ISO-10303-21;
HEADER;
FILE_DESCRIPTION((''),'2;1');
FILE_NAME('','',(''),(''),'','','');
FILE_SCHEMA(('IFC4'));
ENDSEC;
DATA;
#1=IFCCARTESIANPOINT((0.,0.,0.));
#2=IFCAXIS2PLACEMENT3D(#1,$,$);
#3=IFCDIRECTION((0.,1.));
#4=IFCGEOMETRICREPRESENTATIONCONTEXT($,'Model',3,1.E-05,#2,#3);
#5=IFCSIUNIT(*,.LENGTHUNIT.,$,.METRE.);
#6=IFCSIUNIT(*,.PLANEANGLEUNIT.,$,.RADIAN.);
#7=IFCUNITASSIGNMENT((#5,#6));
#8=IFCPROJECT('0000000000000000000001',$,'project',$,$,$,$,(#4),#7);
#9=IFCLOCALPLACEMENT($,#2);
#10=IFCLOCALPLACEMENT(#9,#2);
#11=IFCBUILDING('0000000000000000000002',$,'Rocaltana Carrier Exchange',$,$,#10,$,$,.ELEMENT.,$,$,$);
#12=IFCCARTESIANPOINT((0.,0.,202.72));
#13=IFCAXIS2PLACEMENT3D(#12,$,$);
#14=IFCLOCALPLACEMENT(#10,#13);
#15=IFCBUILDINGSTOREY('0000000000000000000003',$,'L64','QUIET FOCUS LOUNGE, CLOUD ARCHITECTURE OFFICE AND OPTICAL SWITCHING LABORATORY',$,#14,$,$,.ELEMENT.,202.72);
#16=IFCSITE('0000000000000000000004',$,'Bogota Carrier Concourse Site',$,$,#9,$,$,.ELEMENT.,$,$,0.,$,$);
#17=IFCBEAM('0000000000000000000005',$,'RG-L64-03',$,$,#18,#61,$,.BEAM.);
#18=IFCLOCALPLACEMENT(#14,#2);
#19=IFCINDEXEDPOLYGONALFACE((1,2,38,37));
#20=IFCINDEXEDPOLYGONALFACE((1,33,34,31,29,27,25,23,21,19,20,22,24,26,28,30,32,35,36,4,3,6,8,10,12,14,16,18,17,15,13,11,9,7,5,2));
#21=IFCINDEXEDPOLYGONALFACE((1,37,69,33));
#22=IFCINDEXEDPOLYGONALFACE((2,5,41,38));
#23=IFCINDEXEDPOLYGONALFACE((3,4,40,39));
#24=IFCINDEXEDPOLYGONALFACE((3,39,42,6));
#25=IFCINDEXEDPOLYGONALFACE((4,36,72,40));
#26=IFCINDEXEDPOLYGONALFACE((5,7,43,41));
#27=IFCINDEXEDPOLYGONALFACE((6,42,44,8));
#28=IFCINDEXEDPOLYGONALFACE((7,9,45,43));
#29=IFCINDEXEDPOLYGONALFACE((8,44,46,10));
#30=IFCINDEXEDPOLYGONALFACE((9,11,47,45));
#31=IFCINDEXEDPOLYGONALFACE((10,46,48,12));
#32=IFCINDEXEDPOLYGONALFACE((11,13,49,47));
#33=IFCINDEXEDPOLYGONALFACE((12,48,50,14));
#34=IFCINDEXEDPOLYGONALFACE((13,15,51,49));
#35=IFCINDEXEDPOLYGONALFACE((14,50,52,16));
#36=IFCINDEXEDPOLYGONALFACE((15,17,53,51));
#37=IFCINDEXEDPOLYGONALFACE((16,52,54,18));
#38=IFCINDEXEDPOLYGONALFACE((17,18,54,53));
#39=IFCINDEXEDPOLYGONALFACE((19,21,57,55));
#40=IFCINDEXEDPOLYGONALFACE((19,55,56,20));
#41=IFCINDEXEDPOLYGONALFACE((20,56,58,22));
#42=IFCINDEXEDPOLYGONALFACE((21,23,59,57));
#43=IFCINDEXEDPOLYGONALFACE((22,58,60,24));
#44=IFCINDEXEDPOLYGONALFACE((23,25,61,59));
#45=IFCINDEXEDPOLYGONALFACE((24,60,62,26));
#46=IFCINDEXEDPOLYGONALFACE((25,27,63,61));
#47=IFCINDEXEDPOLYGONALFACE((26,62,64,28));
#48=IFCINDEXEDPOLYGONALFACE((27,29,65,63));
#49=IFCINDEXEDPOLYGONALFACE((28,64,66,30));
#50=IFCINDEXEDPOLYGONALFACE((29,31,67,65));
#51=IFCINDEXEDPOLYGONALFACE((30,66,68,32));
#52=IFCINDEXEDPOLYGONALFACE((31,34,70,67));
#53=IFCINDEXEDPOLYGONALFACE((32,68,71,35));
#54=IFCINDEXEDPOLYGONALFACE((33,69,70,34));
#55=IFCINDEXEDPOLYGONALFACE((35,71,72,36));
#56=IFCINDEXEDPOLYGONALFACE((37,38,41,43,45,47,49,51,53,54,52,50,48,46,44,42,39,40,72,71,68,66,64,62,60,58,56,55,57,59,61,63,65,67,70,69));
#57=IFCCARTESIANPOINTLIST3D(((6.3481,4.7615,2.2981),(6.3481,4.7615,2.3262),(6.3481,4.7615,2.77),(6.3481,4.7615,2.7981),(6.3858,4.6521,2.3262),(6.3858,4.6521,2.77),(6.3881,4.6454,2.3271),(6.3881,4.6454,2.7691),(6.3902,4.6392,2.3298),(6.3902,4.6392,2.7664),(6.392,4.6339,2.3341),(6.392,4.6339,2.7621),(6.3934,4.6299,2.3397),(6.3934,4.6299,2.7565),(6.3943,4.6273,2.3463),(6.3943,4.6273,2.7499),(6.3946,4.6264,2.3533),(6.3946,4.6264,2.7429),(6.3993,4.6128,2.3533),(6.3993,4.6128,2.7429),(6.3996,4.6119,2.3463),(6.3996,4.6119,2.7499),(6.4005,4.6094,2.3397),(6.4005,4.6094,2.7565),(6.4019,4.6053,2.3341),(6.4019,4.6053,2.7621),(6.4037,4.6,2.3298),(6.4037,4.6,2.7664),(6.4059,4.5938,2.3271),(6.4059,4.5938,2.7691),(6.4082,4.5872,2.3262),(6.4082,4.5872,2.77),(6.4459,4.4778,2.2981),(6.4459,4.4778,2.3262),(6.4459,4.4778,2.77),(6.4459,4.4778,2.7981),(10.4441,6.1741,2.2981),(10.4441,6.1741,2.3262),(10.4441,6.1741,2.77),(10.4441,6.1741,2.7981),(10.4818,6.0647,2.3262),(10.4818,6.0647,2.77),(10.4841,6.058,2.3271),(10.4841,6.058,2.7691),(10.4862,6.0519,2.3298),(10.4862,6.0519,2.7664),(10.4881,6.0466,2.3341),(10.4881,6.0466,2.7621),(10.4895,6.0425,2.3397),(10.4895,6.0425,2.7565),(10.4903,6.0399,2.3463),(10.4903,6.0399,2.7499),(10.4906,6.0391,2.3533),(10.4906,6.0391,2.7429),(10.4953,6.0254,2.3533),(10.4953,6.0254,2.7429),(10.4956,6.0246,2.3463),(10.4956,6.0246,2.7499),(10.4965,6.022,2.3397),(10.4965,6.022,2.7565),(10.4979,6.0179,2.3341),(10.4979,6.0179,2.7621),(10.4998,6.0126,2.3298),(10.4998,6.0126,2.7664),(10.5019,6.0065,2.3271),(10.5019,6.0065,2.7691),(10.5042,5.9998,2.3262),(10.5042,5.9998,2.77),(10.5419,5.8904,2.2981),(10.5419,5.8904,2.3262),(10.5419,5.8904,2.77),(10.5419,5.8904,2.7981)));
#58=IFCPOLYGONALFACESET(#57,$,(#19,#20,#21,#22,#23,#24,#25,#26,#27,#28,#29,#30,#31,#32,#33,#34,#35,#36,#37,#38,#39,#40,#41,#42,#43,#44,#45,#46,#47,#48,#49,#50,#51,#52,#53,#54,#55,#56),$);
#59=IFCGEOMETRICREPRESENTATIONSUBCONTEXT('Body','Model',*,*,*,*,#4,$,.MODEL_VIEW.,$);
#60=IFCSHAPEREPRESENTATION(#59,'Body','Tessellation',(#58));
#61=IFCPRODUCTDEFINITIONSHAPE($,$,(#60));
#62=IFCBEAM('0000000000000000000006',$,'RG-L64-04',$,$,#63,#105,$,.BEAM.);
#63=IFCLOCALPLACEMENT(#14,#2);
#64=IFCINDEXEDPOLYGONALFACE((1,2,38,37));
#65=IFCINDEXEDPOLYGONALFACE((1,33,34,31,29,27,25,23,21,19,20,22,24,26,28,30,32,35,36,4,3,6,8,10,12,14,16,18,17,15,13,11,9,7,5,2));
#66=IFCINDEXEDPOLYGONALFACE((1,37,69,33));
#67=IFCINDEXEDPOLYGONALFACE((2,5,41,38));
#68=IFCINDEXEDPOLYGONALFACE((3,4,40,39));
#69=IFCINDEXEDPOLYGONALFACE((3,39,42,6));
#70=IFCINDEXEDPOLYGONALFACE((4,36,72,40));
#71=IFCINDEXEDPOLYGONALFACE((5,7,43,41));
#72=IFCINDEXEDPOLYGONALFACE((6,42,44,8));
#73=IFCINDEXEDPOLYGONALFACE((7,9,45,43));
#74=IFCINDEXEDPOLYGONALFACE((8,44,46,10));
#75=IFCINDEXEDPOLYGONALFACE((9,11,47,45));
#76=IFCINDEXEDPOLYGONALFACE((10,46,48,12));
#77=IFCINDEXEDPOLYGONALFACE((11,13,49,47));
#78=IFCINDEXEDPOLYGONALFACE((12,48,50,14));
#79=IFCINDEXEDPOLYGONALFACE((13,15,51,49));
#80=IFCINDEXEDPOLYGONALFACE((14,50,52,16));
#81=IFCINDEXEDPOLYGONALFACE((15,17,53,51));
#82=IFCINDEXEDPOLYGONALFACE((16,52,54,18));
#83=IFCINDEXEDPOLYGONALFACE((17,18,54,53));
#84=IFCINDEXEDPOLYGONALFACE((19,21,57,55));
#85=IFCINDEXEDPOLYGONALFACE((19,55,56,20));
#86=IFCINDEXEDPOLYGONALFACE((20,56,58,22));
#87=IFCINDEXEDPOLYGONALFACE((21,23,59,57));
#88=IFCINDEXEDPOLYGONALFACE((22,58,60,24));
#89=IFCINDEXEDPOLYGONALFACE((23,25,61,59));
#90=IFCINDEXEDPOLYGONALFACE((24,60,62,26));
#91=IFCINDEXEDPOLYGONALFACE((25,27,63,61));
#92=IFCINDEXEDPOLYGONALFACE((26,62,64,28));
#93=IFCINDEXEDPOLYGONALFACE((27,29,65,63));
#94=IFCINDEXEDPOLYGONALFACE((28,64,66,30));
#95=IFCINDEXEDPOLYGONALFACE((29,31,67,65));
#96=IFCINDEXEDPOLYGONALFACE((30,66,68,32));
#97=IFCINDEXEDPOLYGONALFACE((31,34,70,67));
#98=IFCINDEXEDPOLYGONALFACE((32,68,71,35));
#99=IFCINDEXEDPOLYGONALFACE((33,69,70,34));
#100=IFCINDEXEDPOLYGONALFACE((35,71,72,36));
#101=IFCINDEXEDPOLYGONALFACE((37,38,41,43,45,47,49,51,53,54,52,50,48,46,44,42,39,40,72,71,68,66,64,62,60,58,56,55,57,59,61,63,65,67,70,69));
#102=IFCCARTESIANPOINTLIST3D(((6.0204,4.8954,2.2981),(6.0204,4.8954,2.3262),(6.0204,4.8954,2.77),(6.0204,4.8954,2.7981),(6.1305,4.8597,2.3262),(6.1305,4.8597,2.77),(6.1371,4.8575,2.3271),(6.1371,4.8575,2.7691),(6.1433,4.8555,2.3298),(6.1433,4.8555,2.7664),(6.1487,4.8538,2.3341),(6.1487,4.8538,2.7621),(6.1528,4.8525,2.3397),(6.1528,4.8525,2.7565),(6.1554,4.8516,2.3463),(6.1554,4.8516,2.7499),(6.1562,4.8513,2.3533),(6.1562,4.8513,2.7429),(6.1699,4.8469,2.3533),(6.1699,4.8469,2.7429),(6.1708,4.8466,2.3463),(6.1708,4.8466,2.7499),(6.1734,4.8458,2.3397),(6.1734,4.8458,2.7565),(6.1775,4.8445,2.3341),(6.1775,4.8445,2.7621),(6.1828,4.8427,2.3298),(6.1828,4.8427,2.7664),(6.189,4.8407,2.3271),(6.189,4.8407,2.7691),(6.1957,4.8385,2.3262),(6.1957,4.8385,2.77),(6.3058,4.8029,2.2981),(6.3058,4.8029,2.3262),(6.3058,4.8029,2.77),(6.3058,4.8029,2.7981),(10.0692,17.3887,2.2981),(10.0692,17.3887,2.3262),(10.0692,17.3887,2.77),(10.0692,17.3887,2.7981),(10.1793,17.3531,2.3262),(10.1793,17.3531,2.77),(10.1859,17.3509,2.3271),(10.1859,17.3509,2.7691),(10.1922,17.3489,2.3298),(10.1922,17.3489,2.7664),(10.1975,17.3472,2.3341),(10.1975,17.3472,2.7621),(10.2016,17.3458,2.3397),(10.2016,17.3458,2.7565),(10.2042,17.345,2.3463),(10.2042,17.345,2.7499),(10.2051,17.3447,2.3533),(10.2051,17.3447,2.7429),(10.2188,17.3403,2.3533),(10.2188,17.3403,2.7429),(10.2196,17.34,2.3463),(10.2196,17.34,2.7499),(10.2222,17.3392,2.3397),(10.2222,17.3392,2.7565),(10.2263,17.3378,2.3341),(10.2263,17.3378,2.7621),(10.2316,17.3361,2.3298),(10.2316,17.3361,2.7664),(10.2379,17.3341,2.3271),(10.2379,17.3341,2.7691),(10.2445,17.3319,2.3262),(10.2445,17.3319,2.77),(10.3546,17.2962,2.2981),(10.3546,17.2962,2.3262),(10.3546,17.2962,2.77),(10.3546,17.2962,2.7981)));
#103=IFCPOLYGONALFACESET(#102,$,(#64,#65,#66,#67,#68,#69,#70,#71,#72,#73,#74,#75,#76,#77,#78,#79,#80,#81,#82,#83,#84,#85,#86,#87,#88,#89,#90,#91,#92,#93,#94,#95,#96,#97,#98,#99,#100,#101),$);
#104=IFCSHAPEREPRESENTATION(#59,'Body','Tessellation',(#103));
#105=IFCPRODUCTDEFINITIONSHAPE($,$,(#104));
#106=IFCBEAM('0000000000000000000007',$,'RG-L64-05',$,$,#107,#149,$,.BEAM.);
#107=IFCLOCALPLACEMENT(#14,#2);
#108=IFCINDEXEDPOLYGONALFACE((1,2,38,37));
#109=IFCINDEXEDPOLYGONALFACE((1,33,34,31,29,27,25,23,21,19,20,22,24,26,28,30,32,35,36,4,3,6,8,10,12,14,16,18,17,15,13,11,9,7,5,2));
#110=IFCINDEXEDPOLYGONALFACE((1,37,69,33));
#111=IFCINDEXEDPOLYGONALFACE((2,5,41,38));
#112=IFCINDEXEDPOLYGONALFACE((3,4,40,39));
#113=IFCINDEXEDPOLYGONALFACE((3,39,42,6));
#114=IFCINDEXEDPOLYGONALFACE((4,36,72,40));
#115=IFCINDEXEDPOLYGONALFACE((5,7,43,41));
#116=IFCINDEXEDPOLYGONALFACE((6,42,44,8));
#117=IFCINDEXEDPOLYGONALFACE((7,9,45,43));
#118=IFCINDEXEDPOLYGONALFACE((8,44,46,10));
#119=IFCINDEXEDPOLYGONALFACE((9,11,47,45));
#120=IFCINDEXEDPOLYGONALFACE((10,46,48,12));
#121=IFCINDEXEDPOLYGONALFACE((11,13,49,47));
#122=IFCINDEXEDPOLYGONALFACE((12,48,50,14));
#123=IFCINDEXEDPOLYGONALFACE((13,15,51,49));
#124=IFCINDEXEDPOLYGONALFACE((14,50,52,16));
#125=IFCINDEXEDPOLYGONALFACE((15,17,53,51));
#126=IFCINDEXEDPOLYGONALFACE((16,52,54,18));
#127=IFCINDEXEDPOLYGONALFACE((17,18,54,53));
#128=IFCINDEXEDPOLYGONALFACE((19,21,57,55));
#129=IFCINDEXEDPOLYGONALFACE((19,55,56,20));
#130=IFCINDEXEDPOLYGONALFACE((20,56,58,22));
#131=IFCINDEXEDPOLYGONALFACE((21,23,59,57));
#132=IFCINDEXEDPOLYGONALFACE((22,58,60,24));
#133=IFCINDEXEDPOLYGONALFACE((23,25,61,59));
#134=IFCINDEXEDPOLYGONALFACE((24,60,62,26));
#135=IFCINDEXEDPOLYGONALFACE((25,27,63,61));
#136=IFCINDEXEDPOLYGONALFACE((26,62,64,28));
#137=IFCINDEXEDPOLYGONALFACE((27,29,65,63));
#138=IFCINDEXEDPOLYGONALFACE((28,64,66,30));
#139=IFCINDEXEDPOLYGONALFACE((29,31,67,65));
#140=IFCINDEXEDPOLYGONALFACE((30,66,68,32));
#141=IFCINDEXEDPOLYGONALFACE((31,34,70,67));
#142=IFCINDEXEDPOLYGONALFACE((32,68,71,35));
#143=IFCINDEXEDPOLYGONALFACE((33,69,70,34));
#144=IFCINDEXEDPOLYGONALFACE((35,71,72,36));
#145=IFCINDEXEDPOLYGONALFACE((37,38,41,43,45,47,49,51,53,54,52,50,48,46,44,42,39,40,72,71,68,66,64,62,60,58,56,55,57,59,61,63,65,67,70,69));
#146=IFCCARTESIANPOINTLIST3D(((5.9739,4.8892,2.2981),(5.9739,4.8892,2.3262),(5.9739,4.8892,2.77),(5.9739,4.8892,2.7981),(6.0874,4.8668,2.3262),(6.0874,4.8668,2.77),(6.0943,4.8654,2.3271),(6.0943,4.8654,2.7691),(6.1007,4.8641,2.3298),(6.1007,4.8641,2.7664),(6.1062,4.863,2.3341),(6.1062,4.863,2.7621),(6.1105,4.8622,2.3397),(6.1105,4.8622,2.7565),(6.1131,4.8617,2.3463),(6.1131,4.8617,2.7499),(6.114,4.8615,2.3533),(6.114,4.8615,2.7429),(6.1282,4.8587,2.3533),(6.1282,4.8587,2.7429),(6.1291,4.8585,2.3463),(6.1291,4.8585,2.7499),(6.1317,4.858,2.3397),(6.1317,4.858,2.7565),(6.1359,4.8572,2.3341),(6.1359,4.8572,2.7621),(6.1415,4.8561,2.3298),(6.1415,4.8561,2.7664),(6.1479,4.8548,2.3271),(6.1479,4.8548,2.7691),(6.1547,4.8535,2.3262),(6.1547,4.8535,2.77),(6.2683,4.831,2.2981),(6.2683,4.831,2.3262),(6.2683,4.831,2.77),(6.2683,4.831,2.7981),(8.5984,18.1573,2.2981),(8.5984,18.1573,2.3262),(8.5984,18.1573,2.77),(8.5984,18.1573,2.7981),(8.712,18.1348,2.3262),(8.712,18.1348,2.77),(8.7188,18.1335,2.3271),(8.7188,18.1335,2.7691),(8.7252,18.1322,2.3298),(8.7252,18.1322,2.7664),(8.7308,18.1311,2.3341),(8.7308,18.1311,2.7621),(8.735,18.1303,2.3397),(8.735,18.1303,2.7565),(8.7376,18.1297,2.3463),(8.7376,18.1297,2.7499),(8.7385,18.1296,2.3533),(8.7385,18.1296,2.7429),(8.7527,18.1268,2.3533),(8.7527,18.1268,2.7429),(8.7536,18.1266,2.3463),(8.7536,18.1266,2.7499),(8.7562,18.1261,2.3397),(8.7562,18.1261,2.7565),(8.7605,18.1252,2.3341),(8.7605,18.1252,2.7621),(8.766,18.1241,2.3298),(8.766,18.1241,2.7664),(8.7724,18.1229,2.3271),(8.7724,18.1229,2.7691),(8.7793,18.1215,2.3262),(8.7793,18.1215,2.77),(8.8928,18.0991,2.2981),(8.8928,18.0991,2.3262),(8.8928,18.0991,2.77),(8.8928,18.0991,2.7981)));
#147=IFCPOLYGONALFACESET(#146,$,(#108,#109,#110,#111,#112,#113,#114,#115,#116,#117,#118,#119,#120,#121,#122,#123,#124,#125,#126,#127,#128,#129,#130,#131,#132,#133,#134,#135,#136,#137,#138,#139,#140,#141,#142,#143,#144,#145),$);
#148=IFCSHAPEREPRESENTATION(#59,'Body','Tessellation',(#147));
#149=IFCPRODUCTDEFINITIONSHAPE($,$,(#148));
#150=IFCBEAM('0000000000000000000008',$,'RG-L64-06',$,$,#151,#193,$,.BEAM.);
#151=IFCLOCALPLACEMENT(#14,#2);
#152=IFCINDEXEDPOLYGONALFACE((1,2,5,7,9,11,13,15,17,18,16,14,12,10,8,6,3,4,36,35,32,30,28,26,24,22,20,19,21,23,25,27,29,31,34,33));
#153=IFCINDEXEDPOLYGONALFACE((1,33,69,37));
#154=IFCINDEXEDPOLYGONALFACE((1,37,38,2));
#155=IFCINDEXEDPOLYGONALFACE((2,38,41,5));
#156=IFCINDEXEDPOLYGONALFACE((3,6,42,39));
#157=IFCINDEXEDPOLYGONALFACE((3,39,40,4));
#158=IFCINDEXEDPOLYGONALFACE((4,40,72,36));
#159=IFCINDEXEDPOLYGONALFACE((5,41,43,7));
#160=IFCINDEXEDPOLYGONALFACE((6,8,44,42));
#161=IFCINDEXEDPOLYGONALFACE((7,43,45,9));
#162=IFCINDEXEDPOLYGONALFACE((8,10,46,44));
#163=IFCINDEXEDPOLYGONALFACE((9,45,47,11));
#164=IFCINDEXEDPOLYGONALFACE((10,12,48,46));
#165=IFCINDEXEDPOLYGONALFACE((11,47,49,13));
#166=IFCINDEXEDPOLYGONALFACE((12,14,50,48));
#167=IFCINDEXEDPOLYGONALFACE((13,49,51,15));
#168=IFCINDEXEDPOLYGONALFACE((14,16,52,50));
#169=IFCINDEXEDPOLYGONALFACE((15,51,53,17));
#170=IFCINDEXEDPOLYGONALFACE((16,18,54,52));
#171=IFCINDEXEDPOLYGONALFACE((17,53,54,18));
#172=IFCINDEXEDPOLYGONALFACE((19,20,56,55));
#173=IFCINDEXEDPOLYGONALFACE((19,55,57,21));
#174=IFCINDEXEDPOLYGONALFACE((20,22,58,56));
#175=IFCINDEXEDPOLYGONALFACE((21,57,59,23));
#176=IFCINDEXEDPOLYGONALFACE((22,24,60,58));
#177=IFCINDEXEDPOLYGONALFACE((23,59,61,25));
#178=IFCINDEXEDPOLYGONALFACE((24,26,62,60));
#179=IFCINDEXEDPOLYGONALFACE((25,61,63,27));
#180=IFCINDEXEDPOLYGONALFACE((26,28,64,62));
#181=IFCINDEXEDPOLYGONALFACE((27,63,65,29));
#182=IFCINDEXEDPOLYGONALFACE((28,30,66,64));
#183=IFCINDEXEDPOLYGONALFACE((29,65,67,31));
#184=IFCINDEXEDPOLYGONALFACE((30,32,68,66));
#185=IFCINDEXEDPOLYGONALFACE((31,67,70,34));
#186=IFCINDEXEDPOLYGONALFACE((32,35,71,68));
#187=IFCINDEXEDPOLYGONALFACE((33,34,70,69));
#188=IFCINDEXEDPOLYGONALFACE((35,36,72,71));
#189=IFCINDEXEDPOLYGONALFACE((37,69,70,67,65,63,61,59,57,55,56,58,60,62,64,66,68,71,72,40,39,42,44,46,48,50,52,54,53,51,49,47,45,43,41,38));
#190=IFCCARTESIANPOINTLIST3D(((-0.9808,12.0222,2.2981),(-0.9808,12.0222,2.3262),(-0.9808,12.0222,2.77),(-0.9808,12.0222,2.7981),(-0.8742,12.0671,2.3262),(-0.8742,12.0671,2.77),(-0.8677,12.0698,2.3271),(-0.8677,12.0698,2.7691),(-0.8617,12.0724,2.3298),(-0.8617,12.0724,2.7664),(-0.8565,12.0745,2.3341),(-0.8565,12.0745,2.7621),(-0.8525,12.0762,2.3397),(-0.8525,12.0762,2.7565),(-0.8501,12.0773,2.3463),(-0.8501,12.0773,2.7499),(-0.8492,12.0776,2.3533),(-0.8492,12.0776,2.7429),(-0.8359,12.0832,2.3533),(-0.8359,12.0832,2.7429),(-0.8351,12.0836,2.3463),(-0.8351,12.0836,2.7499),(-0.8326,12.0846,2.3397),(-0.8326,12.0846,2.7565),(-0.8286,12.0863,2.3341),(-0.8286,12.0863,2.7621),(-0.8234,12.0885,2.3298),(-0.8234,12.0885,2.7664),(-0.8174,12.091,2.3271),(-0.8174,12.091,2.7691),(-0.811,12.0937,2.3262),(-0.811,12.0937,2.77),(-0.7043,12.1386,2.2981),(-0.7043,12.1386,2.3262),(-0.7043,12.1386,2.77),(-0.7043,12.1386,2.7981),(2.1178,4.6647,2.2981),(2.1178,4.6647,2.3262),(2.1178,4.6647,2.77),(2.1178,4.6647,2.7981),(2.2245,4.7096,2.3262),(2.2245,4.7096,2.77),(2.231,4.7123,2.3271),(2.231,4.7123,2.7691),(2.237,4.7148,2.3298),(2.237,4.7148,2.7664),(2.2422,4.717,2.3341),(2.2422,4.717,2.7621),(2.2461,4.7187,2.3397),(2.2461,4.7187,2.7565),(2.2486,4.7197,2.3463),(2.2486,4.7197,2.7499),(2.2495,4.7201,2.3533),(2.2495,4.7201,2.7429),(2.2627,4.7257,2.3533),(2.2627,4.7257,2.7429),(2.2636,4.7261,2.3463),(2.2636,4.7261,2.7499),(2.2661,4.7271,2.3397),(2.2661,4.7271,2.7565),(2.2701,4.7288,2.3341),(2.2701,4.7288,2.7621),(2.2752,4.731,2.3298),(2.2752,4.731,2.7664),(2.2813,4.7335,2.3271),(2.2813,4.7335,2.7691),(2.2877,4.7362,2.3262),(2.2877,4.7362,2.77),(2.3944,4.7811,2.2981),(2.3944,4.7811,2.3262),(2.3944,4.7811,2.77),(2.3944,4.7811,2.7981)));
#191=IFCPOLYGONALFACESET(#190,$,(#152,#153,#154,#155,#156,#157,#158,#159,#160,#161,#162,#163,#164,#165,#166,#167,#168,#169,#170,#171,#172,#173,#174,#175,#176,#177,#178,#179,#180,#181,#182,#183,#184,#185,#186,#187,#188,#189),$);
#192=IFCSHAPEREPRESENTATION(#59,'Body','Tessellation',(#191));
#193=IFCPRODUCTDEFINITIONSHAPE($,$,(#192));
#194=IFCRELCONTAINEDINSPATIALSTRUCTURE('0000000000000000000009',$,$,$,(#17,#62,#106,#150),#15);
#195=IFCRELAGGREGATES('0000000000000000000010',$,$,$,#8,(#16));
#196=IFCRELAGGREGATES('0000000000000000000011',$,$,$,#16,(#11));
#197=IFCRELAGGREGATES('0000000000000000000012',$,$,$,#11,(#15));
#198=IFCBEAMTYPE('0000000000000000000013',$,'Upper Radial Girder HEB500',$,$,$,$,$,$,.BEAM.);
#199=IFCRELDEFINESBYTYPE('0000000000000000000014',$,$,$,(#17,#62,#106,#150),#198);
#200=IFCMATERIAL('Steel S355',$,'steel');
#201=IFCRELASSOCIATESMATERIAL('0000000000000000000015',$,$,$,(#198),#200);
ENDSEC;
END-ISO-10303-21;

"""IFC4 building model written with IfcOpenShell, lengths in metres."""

from ifc_helpers import new_model, si_unit, direction, frame, origin, origin_2d, place, context, subcontext, project, spatial, i_section, extrude, material, material_profile, profile_set, type_object, element, save


model = new_model("IFC4")

# Units and contexts
model_context = context("Model", 3, precision=1e-05, world=origin(), true_north=direction((0.0, 1.0)))
body_context = subcontext(model_context, "Body", "Model", "MODEL_VIEW")
ifc_project = project(units=[si_unit("LENGTHUNIT", "METRE"), si_unit("PLANEANGLEUNIT", "RADIAN")], contexts=[model_context])

# Site, building, storey
site_placement = place(None, origin())
site = spatial("IfcSite", under=ifc_project, at=site_placement, Name="Bogota Carrier Concourse Site", CompositionType="ELEMENT", RefElevation=0.0)
building_placement = place(site_placement, origin())
building = spatial("IfcBuilding", under=site, at=building_placement, Name="Rocaltana Carrier Exchange", CompositionType="ELEMENT")
storey_placement = place(building_placement, frame((0.0, 0.0, 202.72)))
storey = spatial("IfcBuildingStorey", under=building, at=storey_placement, Name="L64", Description="QUIET FOCUS LOUNGE, CLOUD ARCHITECTURE OFFICE AND OPTICAL SWITCHING LABORATORY", CompositionType="ELEMENT", Elevation=202.72)

# Beams
ifc_material_1 = material(Name="Steel S355", Category="steel")
ifc_material_profile_1 = material_profile(ifc_material_1, i_section(OverallWidth=0.3, OverallDepth=0.5, WebThickness=0.0144, FlangeThickness=0.0281, FilletRadius=0.0271, at=origin_2d()), Name="HEB500")
ifc_profile_set_1 = profile_set([ifc_material_profile_1], Name="Steel S355")
beam_type_1 = type_object("IfcBeamType", Name="Upper Radial Girder HEB500", PredefinedType="BEAM", material=ifc_profile_set_1)
beam_1_placement = place(storey_placement, frame((6.397, 4.6196, 2.5481), z_axis=(0.945359, 0.326032, 0.0), x_axis=(-0.326032, 0.945359, 0.0)))
element("IfcBeam", 1, at=beam_1_placement, inside=storey, type_object=beam_type_1, Name="RG-L64-03", PredefinedType="BEAM", context=body_context, shape_type="SweptSolid", body=[
    extrude(i_section(OverallWidth=0.3, OverallDepth=0.5, WebThickness=0.0144, FlangeThickness=0.0281, FilletRadius=0.0271, at=origin_2d()), origin(), (0.0, 0.0, 1.0), 4.3328),
])
beam_2_placement = place(storey_placement, frame((6.1631, 4.8491, 2.5481), z_axis=(0.308292, 0.951292, 0.0), x_axis=(-0.951292, 0.308292, 0.0)))
element("IfcBeam", 2, at=beam_2_placement, inside=storey, type_object=beam_type_1, Name="RG-L64-04", PredefinedType="BEAM", context=body_context, shape_type="SweptSolid", body=[
    extrude(i_section(OverallWidth=0.3, OverallDepth=0.5, WebThickness=0.0144, FlangeThickness=0.0281, FilletRadius=0.0271, at=origin_2d()), origin(), (0.0, 0.0, 1.0), 13.1331),
])
beam_3_placement = place(storey_placement, frame((6.1211, 4.8601, 2.5481), z_axis=(0.194047, 0.980992, 0.0), x_axis=(-0.980992, 0.194047, 0.0)))
element("IfcBeam", 3, at=beam_3_placement, inside=storey, type_object=beam_type_1, Name="RG-L64-05", PredefinedType="BEAM", context=body_context, shape_type="SweptSolid", body=[
    extrude(i_section(OverallWidth=0.3, OverallDepth=0.5, WebThickness=0.0144, FlangeThickness=0.0281, FilletRadius=0.0271, at=origin_2d()), origin(), (0.0, 0.0, 1.0), 13.5251),
])
beam_4_placement = place(storey_placement, frame((2.2561, 4.7229, 2.5481), z_axis=(-0.388139, 0.921601, 0.0), x_axis=(-0.921601, -0.388139, 0.0)))
element("IfcBeam", 4, at=beam_4_placement, inside=storey, type_object=beam_type_1, Name="RG-L64-06", PredefinedType="BEAM", context=body_context, shape_type="SweptSolid", body=[
    extrude(i_section(OverallWidth=0.3, OverallDepth=0.5, WebThickness=0.0144, FlangeThickness=0.0281, FilletRadius=0.0271, at=origin_2d()), origin(), (0.0, 0.0, 1.0), 7.9834),
])

save(model, "model.ifc")
